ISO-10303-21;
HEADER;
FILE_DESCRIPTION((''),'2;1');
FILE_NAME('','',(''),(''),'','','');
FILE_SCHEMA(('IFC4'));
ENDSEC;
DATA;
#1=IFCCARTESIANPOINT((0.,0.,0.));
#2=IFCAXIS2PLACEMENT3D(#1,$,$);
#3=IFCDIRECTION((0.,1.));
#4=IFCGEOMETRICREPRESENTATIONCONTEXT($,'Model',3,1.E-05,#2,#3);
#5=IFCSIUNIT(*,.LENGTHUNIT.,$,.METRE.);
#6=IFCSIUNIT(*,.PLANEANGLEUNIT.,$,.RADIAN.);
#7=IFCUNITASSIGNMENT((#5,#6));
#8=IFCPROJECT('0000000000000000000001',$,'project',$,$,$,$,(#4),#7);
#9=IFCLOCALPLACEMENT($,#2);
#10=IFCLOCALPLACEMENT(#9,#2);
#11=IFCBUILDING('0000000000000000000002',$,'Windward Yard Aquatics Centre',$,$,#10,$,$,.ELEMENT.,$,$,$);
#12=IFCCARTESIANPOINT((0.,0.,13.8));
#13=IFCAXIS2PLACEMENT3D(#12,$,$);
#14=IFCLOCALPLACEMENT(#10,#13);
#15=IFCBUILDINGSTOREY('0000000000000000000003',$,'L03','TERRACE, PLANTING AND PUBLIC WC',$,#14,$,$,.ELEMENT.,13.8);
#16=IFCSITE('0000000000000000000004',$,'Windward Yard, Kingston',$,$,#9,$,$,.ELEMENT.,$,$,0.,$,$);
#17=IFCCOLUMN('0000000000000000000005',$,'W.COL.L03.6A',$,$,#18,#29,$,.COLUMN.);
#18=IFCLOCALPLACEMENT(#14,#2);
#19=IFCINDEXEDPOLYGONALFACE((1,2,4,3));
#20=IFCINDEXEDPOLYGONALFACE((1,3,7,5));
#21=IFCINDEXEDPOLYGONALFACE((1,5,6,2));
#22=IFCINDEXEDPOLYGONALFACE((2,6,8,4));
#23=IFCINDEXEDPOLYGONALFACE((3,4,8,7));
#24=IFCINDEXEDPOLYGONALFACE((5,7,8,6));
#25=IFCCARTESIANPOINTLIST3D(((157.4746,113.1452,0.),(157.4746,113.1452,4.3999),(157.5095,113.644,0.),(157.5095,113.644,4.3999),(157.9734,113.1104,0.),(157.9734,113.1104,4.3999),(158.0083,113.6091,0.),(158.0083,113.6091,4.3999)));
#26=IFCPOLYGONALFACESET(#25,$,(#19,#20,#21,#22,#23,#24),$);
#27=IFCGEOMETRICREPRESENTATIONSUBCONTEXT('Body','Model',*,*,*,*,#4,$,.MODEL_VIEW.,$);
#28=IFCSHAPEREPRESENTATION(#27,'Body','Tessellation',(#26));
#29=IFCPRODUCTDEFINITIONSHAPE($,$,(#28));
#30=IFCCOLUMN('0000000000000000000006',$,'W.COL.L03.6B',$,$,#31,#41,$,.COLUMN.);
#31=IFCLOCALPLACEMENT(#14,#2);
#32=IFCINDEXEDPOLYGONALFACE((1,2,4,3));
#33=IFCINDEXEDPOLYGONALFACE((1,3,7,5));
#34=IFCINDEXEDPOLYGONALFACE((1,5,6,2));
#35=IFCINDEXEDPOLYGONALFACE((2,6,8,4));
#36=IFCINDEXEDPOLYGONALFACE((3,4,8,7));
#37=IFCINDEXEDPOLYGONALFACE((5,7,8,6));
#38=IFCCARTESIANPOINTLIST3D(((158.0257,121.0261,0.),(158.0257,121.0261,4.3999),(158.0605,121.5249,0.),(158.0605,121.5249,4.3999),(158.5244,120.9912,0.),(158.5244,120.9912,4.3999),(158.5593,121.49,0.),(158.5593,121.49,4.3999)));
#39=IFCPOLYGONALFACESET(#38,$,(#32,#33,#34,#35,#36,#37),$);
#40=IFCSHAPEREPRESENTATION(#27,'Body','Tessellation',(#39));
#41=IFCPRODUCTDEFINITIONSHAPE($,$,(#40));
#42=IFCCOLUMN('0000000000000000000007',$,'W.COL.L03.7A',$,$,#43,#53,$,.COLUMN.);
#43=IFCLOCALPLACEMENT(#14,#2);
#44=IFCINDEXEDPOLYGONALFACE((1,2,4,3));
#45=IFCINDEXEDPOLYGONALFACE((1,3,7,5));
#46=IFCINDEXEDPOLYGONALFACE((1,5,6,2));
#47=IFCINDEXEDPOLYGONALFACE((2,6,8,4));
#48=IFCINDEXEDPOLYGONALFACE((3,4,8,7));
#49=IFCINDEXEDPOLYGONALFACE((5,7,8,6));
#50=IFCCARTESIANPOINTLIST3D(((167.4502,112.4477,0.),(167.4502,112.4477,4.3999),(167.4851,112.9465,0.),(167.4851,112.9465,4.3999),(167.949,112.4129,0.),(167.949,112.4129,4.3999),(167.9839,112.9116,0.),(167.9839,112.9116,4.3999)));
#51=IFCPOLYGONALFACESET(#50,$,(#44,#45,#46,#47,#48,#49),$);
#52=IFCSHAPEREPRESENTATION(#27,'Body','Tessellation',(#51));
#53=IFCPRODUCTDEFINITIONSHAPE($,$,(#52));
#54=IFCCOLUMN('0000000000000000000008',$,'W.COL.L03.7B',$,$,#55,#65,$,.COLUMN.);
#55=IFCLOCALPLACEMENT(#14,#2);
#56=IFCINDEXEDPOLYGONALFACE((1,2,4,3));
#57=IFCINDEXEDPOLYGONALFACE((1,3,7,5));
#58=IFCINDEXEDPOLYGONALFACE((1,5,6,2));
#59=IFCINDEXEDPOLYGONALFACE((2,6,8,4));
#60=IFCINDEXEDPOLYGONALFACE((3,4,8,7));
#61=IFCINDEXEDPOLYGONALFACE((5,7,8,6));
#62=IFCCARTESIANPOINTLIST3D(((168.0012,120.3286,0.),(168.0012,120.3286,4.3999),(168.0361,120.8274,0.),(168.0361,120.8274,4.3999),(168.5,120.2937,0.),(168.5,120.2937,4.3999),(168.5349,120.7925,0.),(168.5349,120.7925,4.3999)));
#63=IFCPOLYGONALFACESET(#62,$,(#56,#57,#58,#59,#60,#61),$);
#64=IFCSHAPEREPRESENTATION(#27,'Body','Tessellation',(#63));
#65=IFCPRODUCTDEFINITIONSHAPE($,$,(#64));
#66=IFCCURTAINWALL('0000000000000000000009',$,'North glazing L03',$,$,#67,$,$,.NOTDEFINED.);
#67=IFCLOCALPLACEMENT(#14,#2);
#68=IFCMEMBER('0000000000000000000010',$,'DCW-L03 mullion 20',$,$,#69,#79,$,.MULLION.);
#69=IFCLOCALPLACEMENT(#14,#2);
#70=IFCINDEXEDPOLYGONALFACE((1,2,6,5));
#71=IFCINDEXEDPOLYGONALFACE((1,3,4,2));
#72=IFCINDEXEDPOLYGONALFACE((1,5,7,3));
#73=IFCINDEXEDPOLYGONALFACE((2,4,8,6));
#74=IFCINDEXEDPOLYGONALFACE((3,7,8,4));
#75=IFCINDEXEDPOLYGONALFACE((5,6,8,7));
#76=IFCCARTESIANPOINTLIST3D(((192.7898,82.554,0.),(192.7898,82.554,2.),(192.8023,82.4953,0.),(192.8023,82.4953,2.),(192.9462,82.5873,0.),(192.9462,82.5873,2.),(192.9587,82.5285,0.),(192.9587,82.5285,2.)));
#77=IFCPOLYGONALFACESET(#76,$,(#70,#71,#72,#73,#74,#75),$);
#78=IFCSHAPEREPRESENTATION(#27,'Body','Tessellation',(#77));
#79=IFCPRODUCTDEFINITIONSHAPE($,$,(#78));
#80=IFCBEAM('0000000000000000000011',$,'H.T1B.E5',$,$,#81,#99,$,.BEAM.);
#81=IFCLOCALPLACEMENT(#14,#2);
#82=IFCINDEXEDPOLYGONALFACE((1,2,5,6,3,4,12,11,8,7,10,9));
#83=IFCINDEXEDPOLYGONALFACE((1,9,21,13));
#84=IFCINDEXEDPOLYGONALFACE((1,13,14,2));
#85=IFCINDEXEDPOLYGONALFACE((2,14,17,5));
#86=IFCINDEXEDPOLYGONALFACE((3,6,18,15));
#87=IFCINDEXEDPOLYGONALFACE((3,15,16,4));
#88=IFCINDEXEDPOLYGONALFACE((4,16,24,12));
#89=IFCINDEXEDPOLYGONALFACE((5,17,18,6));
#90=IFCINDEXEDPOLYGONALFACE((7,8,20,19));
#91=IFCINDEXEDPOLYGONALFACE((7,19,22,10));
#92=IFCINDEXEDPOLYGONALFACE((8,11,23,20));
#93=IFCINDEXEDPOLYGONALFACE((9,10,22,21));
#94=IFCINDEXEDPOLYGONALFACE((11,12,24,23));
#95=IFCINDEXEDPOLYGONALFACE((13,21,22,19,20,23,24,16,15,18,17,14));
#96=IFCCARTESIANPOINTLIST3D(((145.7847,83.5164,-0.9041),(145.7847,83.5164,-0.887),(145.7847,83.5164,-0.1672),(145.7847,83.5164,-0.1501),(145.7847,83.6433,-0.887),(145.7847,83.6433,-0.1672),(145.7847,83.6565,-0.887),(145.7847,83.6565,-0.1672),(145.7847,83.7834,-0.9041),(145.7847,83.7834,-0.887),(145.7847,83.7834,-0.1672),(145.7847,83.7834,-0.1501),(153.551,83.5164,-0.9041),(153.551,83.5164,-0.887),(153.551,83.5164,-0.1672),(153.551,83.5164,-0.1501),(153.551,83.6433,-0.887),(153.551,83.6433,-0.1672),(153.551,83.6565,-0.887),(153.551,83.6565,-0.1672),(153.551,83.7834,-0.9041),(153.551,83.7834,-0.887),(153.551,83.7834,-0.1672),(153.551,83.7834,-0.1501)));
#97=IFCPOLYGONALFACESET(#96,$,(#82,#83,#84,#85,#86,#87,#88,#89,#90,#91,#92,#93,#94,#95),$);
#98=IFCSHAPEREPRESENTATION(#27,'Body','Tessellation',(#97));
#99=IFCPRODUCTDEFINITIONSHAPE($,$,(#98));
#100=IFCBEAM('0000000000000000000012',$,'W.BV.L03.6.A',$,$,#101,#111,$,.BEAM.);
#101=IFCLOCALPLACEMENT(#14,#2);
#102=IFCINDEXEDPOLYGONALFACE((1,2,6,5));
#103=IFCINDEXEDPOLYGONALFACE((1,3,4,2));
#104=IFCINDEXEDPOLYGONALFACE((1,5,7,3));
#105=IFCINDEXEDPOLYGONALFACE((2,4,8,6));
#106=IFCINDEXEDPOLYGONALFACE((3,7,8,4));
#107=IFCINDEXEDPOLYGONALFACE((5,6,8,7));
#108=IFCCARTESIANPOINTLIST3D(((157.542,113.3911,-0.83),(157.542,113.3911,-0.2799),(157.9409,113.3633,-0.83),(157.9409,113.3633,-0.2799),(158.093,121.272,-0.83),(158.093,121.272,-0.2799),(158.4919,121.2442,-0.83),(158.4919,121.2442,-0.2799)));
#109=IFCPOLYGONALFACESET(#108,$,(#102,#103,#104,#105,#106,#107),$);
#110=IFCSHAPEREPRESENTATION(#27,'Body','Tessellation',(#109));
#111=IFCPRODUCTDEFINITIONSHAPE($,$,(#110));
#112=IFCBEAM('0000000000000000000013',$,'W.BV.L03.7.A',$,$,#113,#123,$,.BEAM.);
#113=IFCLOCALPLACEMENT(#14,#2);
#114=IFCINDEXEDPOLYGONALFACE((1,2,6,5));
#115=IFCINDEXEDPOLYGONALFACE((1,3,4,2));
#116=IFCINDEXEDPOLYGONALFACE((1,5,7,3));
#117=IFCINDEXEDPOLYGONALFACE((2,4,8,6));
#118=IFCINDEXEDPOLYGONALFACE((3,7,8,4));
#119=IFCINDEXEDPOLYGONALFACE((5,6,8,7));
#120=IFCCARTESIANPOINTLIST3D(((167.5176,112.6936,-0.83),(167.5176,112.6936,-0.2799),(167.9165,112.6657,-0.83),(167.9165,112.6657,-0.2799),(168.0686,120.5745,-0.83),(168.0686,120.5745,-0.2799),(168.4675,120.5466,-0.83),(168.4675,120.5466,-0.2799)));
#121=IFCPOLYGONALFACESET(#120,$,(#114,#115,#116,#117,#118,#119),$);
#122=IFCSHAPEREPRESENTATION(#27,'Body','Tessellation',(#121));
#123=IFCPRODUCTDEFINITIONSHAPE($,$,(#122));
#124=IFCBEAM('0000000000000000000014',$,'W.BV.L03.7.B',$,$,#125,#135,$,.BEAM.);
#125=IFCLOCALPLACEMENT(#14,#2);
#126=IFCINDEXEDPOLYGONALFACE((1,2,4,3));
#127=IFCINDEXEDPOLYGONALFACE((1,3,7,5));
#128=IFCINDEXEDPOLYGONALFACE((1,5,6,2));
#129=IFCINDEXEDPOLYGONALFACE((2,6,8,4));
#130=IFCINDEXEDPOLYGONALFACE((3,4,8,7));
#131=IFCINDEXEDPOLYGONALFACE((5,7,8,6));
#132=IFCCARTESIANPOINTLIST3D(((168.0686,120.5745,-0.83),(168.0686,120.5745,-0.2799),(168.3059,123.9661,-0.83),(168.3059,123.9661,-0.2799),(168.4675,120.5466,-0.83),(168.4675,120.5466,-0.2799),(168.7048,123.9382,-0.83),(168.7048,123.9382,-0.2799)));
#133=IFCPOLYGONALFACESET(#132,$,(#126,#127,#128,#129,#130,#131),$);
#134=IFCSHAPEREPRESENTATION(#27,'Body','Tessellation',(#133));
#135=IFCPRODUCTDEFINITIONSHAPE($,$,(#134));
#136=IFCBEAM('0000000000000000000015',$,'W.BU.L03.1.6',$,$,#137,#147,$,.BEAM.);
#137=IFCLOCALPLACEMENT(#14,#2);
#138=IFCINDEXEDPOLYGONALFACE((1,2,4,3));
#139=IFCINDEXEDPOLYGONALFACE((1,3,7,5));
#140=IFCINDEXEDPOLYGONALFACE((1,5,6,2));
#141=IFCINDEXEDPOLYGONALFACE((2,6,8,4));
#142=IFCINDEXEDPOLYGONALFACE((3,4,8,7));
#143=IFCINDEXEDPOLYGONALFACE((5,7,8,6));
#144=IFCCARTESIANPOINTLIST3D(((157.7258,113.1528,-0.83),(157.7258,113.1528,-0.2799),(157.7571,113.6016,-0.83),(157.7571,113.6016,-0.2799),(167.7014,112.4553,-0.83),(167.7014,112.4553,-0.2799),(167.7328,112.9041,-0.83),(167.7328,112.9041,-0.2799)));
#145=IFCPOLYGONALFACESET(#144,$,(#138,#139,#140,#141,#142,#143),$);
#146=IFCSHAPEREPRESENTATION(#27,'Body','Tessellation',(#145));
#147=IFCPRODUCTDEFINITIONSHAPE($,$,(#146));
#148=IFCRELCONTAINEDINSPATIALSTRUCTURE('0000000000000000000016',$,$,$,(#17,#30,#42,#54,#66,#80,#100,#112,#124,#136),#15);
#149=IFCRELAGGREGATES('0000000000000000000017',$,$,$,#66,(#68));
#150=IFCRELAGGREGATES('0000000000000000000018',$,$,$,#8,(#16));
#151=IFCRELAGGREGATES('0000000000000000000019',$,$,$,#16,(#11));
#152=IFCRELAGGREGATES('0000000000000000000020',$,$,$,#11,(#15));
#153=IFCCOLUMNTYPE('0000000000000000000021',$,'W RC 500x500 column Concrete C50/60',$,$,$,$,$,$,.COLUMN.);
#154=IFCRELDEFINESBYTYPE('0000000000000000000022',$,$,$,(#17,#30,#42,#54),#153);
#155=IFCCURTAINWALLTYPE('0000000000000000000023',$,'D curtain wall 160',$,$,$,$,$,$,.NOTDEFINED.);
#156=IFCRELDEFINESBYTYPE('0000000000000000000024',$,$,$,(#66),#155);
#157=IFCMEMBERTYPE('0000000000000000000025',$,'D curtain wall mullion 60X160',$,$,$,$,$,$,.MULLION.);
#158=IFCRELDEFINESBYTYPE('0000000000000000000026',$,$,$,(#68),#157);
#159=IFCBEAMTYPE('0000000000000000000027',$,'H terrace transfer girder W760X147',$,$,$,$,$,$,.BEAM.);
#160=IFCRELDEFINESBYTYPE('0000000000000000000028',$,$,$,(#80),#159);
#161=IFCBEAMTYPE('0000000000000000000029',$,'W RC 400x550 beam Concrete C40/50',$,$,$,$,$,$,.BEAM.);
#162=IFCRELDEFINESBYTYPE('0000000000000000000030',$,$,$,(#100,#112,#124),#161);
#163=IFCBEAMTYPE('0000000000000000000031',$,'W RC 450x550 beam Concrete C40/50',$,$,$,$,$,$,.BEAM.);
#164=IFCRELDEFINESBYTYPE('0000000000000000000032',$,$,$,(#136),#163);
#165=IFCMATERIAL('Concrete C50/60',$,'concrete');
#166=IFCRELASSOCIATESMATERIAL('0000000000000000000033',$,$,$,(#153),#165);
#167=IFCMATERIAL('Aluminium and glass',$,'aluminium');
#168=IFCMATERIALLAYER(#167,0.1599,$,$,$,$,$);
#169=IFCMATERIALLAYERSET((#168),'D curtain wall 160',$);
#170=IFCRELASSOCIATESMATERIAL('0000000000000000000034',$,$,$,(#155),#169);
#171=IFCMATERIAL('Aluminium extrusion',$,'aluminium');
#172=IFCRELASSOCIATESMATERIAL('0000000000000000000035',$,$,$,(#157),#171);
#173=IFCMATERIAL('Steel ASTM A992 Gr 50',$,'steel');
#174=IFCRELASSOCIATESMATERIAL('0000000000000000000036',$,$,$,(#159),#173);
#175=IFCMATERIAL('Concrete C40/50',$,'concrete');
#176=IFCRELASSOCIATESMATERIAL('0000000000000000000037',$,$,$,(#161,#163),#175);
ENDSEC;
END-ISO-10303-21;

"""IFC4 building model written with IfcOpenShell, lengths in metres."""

from ifc_helpers import new_model, si_unit, direction, frame, origin, origin_2d, place, context, subcontext, project, spatial, rectangle, i_section, extrude, material, layer, layer_set, material_profile, profile_set, type_object, element, aggregate, save


model = new_model("IFC4")

# Units and contexts
model_context = context("Model", 3, precision=1e-05, world=origin(), true_north=direction((0.0, 1.0)))
body_context = subcontext(model_context, "Body", "Model", "MODEL_VIEW")
ifc_project = project(units=[si_unit("LENGTHUNIT", "METRE"), si_unit("PLANEANGLEUNIT", "RADIAN")], contexts=[model_context])

# Site, building, storey
site_placement = place(None, origin())
site = spatial("IfcSite", under=ifc_project, at=site_placement, Name="Windward Yard, Kingston", CompositionType="ELEMENT", RefElevation=0.0)
building_placement = place(site_placement, origin())
building = spatial("IfcBuilding", under=site, at=building_placement, Name="Windward Yard Aquatics Centre", CompositionType="ELEMENT")
storey_placement = place(building_placement, frame((0.0, 0.0, 13.8)))
storey = spatial("IfcBuildingStorey", under=building, at=storey_placement, Name="L03", Description="TERRACE, PLANTING AND PUBLIC WC", CompositionType="ELEMENT", Elevation=13.8)

# Columns
ifc_material_1 = material(Name="Concrete C50/60", Category="concrete")
ifc_material_profile_1 = material_profile(ifc_material_1, rectangle(XDim=0.5, YDim=0.5, at=origin_2d()), Name="RC 500x500")
ifc_profile_set_1 = profile_set([ifc_material_profile_1], Name="Concrete C50/60")
column_type = type_object("IfcColumnType", Name="W RC 500x500 column Concrete C50/60", PredefinedType="COLUMN", material=ifc_profile_set_1)
for number, where, z_axis, x_axis, name in (
    (1, (157.7415, 113.3772, 0.0), (0.0, 0.0, 1.0), (0.997564, -0.069756, 0.0), "W.COL.L03.6A"),
    (2, (158.2925, 121.2581, 0.0), (0.0, 0.0, 1.0), (0.997564, -0.069756, 0.0), "W.COL.L03.6B"),
    (3, (167.717, 112.6797, 0.0), (0.0, 0.0, 1.0), (0.997564, -0.069756, 0.0), "W.COL.L03.7A"),
    (4, (168.2681, 120.5605, 0.0), (0.0, 0.0, 1.0), (0.997564, -0.069756, 0.0), "W.COL.L03.7B"),
):
    element("IfcColumn", number, at=place(storey_placement, frame(where, z_axis=z_axis, x_axis=x_axis)), inside=storey, type_object=column_type, Name=name, PredefinedType="COLUMN", context=body_context, shape_type="SweptSolid", body=[
        extrude(rectangle(XDim=0.5, YDim=0.5, at=origin_2d()), origin(), (0.0, 0.0, 1.0), 4.3999),
    ])

# Curtain wall, member
ifc_material_2 = material(Name="Aluminium and glass", Category="aluminium")
ifc_layer_1 = layer(ifc_material_2, 0.1599)
ifc_layer_set_1 = layer_set([ifc_layer_1], Name="D curtain wall 160")
curtain_wall_type = type_object("IfcCurtainWallType", Name="D curtain wall 160", PredefinedType="NOTDEFINED", material=ifc_layer_set_1)
curtain_wall_placement = place(storey_placement, origin())
curtain_wall = element("IfcCurtainWall", 5, at=curtain_wall_placement, inside=storey, type_object=curtain_wall_type, Name="North glazing L03", PredefinedType="NOTDEFINED")
ifc_material_3 = material(Name="Aluminium extrusion", Category="aluminium")
ifc_material_profile_2 = material_profile(ifc_material_3, rectangle(XDim=0.0601, YDim=0.1599, at=origin_2d()), Name="MULLION 60X160")
ifc_profile_set_2 = profile_set([ifc_material_profile_2], Name="Aluminium extrusion")
member_type = type_object("IfcMemberType", Name="D curtain wall mullion 60X160", PredefinedType="MULLION", material=ifc_profile_set_2)
member_placement = place(storey_placement, frame((192.8743, 82.5413, 0.0), z_axis=(0.0, 0.0, 1.0), x_axis=(-0.207912, 0.978148, 0.0)))
member = element("IfcMember", 6, at=member_placement, type_object=member_type, Name="DCW-L03 mullion 20", PredefinedType="MULLION", context=body_context, shape_type="SweptSolid", body=[
    extrude(rectangle(XDim=0.0601, YDim=0.1599, at=origin_2d()), origin(), (0.0, 0.0, 1.0), 2.0),
])
aggregate(curtain_wall, [member])

# Beams
ifc_material_4 = material(Name="Steel ASTM A992 Gr 50", Category="steel")
ifc_material_profile_3 = material_profile(ifc_material_4, i_section(OverallWidth=0.2671, OverallDepth=0.7539, WebThickness=0.0132, FlangeThickness=0.0171, at=origin_2d()), Name="W760X147")
ifc_profile_set_3 = profile_set([ifc_material_profile_3], Name="Steel ASTM A992 Gr 50")
beam_type_1 = type_object("IfcBeamType", Name="H terrace transfer girder W760X147", PredefinedType="BEAM", material=ifc_profile_set_3)
beam_1_placement = place(storey_placement, frame((153.551, 83.6499, -0.5271), z_axis=(-1.0, 0.0, 0.0), x_axis=(0.0, -1.0, 0.0)))
element("IfcBeam", 7, at=beam_1_placement, inside=storey, type_object=beam_type_1, Name="H.T1B.E5", PredefinedType="BEAM", context=body_context, shape_type="SweptSolid", body=[
    extrude(i_section(OverallWidth=0.2671, OverallDepth=0.7539, WebThickness=0.0132, FlangeThickness=0.0171, at=origin_2d()), origin(), (0.0, 0.0, 1.0), 7.7664),
])
ifc_material_5 = material(Name="Concrete C40/50", Category="concrete")
ifc_material_profile_4 = material_profile(ifc_material_5, rectangle(XDim=0.3999, YDim=0.55, at=origin_2d()), Name="RC 400x550")
ifc_profile_set_4 = profile_set([ifc_material_profile_4], Name="Concrete C40/50")
beam_type_2 = type_object("IfcBeamType", Name="W RC 400x550 beam Concrete C40/50", PredefinedType="BEAM", material=ifc_profile_set_4)
for number, where, z_axis, x_axis, name in (
    (8, (157.7415, 113.3772, -0.5549), (0.069749, 0.997565, 0.0), (-0.997565, 0.069749, 0.0), "W.BV.L03.6.A"),
    (9, (167.717, 112.6797, -0.5549), (0.069749, 0.997565, 0.0), (-0.997565, 0.069749, 0.0), "W.BV.L03.7.A"),
):
    element("IfcBeam", number, at=place(storey_placement, frame(where, z_axis=z_axis, x_axis=x_axis)), inside=storey, type_object=beam_type_2, Name=name, PredefinedType="BEAM", context=body_context, shape_type="SweptSolid", body=[
        extrude(rectangle(XDim=0.3999, YDim=0.55, at=origin_2d()), origin(), (0.0, 0.0, 1.0), 7.9001),
    ])
beam_2_placement = place(storey_placement, frame((168.2681, 120.5605, -0.5549), z_axis=(0.069798, 0.997561, 0.0), x_axis=(-0.997561, 0.069798, 0.0)))
element("IfcBeam", 10, at=beam_2_placement, inside=storey, type_object=beam_type_2, Name="W.BV.L03.7.B", PredefinedType="BEAM", context=body_context, shape_type="SweptSolid", body=[
    extrude(rectangle(XDim=0.3999, YDim=0.55, at=origin_2d()), origin(), (0.0, 0.0, 1.0), 3.3999),
])
ifc_material_profile_5 = material_profile(ifc_material_5, rectangle(XDim=0.45, YDim=0.55, at=origin_2d()), Name="RC 450x550")
ifc_profile_set_5 = profile_set([ifc_material_profile_5], Name="Concrete C40/50")
beam_type_3 = type_object("IfcBeamType", Name="W RC 450x550 beam Concrete C40/50", PredefinedType="BEAM", material=ifc_profile_set_5)
beam_3_placement = place(storey_placement, frame((157.7415, 113.3772, -0.5549), z_axis=(0.997564, -0.069751, 0.0), x_axis=(0.069751, 0.997564, 0.0)))
element("IfcBeam", 11, at=beam_3_placement, inside=storey, type_object=beam_type_3, Name="W.BU.L03.1.6", PredefinedType="BEAM", context=body_context, shape_type="SweptSolid", body=[
    extrude(rectangle(XDim=0.45, YDim=0.55, at=origin_2d()), origin(), (0.0, 0.0, 1.0), 10.0),
])

save(model, "model.ifc")
